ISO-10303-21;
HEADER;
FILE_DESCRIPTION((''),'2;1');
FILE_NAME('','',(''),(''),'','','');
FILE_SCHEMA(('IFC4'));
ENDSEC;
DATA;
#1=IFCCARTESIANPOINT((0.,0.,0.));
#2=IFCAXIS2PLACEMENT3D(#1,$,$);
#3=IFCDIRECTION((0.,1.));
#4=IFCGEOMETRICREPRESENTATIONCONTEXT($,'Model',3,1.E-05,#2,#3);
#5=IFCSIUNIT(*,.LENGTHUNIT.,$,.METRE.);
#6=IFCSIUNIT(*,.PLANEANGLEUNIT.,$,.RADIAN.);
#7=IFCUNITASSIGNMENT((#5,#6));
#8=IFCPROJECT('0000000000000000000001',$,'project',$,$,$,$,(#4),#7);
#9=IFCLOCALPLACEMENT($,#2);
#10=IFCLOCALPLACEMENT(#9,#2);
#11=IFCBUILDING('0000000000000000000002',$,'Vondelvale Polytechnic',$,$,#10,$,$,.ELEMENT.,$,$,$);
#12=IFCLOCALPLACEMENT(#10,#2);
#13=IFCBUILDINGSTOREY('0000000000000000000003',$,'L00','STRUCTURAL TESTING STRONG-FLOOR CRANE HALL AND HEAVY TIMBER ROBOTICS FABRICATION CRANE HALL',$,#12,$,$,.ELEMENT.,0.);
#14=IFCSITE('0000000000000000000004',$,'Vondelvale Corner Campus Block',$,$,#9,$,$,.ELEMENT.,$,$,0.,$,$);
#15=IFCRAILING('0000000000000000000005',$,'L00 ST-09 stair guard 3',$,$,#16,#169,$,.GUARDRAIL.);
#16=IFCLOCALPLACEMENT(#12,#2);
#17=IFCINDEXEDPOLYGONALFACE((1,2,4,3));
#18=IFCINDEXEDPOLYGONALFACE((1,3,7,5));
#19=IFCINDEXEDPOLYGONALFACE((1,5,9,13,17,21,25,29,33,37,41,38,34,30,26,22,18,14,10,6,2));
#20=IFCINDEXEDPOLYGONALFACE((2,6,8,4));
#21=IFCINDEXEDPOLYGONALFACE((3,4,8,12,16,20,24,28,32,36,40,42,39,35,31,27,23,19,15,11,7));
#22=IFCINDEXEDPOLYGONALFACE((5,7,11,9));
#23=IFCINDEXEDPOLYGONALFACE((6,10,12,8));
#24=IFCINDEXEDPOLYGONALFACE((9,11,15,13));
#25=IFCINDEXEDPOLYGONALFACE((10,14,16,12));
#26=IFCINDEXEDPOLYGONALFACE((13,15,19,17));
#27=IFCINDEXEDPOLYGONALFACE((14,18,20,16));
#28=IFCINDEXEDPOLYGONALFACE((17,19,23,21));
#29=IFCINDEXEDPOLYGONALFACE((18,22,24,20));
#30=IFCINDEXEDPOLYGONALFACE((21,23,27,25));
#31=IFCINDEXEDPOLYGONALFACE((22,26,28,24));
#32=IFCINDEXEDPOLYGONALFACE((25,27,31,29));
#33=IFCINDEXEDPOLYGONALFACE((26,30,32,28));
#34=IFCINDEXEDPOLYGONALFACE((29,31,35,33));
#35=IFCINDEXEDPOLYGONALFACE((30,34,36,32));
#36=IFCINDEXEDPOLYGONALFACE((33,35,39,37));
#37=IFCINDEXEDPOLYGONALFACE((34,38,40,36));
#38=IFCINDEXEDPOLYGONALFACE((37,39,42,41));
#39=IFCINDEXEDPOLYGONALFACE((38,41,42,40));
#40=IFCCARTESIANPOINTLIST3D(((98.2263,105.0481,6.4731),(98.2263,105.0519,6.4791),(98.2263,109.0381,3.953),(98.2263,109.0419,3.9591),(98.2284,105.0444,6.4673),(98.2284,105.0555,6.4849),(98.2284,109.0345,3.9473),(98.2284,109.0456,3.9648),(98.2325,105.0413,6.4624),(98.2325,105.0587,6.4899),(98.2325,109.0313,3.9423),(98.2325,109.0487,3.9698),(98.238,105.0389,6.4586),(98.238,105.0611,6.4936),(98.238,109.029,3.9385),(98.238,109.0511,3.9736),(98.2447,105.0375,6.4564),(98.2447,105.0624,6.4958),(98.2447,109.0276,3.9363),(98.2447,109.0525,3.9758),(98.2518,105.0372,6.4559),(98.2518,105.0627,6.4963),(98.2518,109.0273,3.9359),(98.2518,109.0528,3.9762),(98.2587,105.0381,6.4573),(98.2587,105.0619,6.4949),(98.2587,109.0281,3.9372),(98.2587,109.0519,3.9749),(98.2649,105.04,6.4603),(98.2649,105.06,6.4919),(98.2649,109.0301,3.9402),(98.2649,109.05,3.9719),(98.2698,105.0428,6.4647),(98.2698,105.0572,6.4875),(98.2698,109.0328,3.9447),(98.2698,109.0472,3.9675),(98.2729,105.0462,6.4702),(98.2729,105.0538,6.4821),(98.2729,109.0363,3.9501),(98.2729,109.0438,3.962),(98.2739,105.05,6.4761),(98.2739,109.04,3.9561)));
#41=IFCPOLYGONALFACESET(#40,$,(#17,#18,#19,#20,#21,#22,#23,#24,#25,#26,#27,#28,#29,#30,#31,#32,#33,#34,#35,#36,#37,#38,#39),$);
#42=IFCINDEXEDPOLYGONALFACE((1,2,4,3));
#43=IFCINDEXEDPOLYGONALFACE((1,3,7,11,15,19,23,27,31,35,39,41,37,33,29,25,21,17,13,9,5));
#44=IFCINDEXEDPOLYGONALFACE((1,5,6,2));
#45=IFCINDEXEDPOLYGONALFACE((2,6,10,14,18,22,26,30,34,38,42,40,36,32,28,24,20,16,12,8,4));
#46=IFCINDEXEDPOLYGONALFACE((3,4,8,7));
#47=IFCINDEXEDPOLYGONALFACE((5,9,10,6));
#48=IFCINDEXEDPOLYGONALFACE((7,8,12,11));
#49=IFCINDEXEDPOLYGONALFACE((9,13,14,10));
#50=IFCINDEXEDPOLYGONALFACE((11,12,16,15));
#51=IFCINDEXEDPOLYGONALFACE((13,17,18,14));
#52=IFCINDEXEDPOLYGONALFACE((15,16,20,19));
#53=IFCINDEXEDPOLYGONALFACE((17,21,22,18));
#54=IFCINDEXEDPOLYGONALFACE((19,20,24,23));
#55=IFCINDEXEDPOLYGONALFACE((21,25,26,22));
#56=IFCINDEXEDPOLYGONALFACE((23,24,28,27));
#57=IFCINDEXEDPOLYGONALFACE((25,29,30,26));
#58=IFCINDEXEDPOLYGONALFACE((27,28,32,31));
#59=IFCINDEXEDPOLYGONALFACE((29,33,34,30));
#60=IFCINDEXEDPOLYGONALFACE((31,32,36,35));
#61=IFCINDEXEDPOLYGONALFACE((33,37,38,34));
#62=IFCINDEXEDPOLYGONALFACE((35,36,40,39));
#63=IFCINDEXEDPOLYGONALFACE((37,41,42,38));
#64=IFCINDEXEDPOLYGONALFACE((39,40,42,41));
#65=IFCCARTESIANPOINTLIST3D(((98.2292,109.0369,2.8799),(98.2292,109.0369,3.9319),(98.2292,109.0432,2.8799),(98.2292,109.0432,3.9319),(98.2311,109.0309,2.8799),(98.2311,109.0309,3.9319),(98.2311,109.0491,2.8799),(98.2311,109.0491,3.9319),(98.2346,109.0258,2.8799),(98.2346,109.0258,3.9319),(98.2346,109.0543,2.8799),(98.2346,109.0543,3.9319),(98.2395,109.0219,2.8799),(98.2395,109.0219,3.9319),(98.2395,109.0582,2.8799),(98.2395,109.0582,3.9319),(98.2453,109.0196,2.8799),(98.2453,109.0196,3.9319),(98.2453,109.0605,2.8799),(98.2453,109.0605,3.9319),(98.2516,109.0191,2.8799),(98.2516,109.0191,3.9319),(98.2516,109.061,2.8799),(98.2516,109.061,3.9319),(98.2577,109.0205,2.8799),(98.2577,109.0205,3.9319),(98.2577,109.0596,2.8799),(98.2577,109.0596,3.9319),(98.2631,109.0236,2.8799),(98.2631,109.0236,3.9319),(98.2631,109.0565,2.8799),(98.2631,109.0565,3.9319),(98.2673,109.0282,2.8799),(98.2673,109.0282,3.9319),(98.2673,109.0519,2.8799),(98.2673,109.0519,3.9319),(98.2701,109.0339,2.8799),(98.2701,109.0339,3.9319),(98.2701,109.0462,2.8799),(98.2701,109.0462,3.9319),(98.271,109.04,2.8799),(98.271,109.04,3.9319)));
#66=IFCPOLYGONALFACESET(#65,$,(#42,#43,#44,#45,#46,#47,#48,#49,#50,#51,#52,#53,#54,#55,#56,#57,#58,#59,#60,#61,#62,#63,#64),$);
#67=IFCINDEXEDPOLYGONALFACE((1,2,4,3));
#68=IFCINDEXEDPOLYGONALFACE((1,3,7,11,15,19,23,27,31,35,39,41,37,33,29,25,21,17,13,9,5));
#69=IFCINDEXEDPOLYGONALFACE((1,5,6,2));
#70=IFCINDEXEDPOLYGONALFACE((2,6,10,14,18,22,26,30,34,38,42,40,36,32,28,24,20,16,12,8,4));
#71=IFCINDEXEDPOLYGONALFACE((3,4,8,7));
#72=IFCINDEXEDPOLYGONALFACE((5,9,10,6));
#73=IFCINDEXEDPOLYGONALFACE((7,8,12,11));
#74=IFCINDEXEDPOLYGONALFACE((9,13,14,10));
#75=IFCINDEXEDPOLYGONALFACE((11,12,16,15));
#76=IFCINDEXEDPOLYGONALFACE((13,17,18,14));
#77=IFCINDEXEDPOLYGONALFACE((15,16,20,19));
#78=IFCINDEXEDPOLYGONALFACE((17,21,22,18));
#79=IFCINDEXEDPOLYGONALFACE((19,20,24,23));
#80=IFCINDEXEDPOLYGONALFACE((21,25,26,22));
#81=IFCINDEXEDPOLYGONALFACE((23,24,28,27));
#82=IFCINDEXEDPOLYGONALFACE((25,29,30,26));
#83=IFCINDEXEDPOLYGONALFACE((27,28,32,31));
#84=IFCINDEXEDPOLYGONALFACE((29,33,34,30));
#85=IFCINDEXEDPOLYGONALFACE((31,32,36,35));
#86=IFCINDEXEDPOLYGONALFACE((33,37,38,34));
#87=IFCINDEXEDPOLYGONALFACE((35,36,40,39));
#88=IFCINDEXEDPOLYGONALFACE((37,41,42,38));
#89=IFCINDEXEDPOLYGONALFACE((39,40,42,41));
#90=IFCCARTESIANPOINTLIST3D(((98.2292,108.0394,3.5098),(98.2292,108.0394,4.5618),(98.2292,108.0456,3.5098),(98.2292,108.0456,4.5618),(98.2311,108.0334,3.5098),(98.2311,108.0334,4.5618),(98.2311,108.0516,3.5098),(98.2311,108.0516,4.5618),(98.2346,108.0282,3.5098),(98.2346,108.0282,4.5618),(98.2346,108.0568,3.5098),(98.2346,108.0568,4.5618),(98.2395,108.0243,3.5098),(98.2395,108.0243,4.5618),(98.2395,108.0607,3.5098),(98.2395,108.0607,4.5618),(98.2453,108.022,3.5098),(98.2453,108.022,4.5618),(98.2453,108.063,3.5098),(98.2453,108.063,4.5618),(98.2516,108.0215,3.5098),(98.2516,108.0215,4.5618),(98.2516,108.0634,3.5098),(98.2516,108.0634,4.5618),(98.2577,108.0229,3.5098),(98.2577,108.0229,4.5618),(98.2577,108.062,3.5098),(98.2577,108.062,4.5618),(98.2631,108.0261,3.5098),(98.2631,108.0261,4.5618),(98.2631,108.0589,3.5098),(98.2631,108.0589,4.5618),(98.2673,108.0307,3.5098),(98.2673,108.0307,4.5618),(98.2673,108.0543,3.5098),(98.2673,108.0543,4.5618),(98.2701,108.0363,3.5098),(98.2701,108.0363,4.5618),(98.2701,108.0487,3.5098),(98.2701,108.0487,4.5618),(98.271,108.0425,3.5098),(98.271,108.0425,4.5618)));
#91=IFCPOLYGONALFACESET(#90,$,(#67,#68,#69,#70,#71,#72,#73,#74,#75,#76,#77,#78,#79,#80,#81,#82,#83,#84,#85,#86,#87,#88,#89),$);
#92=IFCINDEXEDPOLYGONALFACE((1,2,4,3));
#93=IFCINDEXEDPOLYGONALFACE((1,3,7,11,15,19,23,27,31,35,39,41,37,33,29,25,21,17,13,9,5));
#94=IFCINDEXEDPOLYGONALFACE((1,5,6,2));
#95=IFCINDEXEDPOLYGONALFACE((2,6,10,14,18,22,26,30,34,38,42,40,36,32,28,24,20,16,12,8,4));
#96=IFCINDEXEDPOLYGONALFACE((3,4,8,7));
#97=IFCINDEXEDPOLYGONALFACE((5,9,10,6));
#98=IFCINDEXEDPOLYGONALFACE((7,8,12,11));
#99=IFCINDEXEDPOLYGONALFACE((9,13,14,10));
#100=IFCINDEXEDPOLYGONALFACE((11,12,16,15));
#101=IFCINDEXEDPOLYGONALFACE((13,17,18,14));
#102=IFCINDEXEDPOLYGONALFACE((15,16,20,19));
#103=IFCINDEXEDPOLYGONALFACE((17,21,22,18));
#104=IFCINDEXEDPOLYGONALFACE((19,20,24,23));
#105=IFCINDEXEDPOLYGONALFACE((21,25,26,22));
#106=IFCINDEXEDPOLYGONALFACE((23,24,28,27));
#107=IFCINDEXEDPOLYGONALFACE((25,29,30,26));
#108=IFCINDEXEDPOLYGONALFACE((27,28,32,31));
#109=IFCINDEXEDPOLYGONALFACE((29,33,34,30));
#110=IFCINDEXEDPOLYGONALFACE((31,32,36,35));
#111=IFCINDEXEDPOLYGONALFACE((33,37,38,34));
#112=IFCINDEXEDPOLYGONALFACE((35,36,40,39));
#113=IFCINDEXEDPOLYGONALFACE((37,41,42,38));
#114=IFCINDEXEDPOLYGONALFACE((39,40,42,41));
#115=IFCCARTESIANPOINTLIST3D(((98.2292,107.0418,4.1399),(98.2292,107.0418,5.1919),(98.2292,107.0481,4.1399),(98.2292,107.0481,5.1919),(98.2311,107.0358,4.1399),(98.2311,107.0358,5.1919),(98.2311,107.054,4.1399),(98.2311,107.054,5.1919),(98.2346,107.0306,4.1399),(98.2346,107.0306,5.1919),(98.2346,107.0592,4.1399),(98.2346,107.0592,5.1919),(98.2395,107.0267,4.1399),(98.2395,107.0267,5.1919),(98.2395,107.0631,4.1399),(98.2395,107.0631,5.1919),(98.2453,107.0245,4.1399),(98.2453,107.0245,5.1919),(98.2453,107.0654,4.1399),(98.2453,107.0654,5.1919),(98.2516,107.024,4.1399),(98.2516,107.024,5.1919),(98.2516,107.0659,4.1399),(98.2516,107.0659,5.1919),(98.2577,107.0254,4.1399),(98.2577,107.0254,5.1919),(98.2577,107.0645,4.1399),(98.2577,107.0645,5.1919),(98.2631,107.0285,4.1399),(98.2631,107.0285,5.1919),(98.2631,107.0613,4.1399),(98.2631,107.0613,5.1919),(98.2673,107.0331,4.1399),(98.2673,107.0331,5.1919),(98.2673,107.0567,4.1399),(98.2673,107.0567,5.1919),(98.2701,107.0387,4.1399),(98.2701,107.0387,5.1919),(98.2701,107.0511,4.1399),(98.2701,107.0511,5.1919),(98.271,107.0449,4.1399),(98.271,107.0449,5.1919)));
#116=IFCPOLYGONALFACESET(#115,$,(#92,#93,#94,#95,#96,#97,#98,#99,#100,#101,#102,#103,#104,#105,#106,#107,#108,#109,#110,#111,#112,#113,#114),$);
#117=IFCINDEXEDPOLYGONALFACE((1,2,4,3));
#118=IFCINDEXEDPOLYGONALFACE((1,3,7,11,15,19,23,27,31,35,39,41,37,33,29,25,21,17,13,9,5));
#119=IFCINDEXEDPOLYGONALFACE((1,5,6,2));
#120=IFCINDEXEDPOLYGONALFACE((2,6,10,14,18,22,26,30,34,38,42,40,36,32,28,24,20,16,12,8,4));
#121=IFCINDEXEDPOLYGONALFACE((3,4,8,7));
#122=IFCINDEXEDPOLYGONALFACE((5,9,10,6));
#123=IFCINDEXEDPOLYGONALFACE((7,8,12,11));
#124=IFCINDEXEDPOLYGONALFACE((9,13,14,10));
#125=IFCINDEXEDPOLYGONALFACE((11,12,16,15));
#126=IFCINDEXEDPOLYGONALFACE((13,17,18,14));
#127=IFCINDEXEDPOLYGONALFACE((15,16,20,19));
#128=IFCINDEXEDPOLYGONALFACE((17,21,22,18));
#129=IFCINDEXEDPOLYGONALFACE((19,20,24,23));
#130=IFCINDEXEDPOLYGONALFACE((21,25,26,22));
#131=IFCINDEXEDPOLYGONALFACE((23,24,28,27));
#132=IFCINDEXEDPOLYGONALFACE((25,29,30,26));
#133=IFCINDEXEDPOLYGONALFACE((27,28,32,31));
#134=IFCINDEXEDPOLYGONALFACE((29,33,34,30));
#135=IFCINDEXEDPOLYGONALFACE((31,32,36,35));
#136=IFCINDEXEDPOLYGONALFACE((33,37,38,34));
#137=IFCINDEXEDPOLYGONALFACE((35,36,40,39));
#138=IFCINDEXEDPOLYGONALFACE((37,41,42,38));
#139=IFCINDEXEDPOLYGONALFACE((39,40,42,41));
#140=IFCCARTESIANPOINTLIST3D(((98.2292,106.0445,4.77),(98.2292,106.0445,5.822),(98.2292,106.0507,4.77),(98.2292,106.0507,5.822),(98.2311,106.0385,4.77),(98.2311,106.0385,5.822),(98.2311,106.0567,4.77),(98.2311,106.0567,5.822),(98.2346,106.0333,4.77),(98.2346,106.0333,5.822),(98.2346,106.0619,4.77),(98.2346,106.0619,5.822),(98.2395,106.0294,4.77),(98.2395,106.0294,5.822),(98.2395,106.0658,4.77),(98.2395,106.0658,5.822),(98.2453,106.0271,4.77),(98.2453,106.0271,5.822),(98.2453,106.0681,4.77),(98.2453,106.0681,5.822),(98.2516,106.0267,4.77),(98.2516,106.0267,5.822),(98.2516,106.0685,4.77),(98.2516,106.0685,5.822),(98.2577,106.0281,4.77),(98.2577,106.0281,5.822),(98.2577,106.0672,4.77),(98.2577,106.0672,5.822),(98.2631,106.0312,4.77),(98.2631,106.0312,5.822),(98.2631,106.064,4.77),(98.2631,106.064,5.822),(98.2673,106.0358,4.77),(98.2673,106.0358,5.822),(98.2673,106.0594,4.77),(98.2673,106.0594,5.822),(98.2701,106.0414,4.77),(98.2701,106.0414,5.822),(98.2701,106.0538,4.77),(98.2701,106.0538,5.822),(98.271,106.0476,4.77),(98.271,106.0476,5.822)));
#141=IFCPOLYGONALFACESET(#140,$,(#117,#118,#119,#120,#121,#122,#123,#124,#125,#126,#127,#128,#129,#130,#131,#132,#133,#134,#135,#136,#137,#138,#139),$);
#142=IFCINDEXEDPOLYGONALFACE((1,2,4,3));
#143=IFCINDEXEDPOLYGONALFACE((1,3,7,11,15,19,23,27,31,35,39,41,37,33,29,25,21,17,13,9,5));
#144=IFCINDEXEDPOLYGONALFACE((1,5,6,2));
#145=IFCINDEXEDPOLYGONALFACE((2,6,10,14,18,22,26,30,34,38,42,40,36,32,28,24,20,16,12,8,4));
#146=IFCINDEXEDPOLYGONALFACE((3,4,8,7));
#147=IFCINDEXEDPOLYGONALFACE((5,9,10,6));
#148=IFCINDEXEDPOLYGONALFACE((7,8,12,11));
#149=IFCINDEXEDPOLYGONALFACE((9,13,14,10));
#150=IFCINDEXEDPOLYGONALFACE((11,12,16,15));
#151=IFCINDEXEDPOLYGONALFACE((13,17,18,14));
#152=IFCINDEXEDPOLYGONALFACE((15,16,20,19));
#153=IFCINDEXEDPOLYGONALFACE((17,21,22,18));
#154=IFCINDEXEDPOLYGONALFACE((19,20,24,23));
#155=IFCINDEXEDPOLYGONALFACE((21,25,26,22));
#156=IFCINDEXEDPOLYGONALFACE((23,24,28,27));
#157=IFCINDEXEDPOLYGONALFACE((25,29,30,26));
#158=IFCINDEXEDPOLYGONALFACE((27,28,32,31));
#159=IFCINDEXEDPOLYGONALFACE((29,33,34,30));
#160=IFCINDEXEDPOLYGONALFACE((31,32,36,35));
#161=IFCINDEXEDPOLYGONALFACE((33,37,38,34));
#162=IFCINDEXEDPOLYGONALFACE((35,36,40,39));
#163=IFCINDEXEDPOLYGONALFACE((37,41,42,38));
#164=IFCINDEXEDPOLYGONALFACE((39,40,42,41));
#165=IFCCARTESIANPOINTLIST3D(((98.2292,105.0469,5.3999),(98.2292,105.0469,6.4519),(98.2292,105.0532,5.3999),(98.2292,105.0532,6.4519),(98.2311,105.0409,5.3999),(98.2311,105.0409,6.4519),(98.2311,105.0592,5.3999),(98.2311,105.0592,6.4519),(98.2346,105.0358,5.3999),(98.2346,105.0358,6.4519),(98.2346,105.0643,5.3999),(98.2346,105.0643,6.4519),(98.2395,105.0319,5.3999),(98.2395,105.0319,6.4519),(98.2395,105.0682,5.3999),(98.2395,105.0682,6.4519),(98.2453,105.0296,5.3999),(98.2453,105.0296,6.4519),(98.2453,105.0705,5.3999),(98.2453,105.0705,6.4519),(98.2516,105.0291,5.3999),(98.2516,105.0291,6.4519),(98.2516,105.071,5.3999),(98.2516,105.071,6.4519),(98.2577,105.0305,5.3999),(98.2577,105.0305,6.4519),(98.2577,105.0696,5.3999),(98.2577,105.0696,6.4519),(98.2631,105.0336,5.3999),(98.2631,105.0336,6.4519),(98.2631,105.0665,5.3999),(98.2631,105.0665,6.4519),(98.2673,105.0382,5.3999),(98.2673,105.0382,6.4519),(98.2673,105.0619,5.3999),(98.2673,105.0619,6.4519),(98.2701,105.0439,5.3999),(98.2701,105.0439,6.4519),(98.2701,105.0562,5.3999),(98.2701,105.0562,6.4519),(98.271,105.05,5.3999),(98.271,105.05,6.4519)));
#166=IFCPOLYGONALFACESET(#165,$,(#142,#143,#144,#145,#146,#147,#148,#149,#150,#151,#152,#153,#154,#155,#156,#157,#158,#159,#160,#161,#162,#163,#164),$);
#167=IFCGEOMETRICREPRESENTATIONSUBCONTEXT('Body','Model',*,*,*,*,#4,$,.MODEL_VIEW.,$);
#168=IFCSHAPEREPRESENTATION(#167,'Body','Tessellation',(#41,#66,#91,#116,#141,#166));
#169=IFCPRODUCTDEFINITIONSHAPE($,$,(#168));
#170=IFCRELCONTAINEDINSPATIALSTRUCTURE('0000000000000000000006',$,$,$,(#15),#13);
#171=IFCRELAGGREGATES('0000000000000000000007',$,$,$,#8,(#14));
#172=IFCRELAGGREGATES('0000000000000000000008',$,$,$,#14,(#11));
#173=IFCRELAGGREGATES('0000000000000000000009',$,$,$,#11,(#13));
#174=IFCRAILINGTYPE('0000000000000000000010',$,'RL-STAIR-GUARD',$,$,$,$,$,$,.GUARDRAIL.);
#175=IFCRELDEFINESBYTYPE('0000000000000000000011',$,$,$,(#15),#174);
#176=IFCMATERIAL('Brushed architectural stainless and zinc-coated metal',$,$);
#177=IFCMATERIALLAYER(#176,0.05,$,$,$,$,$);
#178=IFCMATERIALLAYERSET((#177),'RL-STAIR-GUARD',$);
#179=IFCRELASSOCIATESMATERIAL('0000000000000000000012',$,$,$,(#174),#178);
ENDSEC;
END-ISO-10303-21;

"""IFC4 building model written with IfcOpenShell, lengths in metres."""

from ifc_helpers import new_model, si_unit, direction, frame, origin, origin_2d, place, context, subcontext, project, spatial, circle, extrude, material, layer, layer_set, type_object, element, save


model = new_model("IFC4")

# Units and contexts
model_context = context("Model", 3, precision=1e-05, world=origin(), true_north=direction((0.0, 1.0)))
body_context = subcontext(model_context, "Body", "Model", "MODEL_VIEW")
ifc_project = project(units=[si_unit("LENGTHUNIT", "METRE"), si_unit("PLANEANGLEUNIT", "RADIAN")], contexts=[model_context])

# Site, building, storey
site_placement = place(None, origin())
site = spatial("IfcSite", under=ifc_project, at=site_placement, Name="Vondelvale Corner Campus Block", CompositionType="ELEMENT", RefElevation=0.0)
building_placement = place(site_placement, origin())
building = spatial("IfcBuilding", under=site, at=building_placement, Name="Vondelvale Polytechnic", CompositionType="ELEMENT")
storey_placement = place(building_placement, origin())
storey = spatial("IfcBuildingStorey", under=building, at=storey_placement, Name="L00", Description="STRUCTURAL TESTING STRONG-FLOOR CRANE HALL AND HEAVY TIMBER ROBOTICS FABRICATION CRANE HALL", CompositionType="ELEMENT", Elevation=0.0)

# Railing
ifc_material_1 = material(Name="Brushed architectural stainless and zinc-coated metal")
ifc_layer_1 = layer(ifc_material_1, 0.05)
ifc_layer_set_1 = layer_set([ifc_layer_1], Name="RL-STAIR-GUARD")
railing_type_1 = type_object("IfcRailingType", Name="RL-STAIR-GUARD", PredefinedType="GUARDRAIL", material=ifc_layer_set_1)
railing_1_placement = place(storey_placement, frame((98.25, 109.04, 2.8799)))
element("IfcRailing", 1, at=railing_1_placement, inside=storey, type_object=railing_type_1, Name="L00 ST-09 stair guard 3", PredefinedType="GUARDRAIL", context=body_context, shape_type="SweptSolid", body=[
    extrude(circle(Radius=0.0239, at=origin_2d()), frame((0.0, 0.0, 1.0762), z_axis=(0.0, -0.845486, 0.533997), x_axis=(1.0, 0.0, 0.0)), (0.0, 0.0, 1.0), 4.7192),
    extrude(circle(Radius=0.021, at=origin_2d()), origin(), (0.0, 0.0, 1.0), 1.052),
    extrude(circle(Radius=0.021, at=origin_2d()), frame((0.0, -0.9976, 0.6299)), (0.0, 0.0, 1.0), 1.052),
    extrude(circle(Radius=0.021, at=origin_2d()), frame((0.0, -1.9951, 1.26)), (0.0, 0.0, 1.0), 1.052),
    extrude(circle(Radius=0.021, at=origin_2d()), frame((0.0, -2.9924, 1.8901)), (0.0, 0.0, 1.0), 1.052),
    extrude(circle(Radius=0.021, at=origin_2d()), frame((0.0, -3.99, 2.52)), (0.0, 0.0, 1.0), 1.052),
])

save(model, "model.ifc")
